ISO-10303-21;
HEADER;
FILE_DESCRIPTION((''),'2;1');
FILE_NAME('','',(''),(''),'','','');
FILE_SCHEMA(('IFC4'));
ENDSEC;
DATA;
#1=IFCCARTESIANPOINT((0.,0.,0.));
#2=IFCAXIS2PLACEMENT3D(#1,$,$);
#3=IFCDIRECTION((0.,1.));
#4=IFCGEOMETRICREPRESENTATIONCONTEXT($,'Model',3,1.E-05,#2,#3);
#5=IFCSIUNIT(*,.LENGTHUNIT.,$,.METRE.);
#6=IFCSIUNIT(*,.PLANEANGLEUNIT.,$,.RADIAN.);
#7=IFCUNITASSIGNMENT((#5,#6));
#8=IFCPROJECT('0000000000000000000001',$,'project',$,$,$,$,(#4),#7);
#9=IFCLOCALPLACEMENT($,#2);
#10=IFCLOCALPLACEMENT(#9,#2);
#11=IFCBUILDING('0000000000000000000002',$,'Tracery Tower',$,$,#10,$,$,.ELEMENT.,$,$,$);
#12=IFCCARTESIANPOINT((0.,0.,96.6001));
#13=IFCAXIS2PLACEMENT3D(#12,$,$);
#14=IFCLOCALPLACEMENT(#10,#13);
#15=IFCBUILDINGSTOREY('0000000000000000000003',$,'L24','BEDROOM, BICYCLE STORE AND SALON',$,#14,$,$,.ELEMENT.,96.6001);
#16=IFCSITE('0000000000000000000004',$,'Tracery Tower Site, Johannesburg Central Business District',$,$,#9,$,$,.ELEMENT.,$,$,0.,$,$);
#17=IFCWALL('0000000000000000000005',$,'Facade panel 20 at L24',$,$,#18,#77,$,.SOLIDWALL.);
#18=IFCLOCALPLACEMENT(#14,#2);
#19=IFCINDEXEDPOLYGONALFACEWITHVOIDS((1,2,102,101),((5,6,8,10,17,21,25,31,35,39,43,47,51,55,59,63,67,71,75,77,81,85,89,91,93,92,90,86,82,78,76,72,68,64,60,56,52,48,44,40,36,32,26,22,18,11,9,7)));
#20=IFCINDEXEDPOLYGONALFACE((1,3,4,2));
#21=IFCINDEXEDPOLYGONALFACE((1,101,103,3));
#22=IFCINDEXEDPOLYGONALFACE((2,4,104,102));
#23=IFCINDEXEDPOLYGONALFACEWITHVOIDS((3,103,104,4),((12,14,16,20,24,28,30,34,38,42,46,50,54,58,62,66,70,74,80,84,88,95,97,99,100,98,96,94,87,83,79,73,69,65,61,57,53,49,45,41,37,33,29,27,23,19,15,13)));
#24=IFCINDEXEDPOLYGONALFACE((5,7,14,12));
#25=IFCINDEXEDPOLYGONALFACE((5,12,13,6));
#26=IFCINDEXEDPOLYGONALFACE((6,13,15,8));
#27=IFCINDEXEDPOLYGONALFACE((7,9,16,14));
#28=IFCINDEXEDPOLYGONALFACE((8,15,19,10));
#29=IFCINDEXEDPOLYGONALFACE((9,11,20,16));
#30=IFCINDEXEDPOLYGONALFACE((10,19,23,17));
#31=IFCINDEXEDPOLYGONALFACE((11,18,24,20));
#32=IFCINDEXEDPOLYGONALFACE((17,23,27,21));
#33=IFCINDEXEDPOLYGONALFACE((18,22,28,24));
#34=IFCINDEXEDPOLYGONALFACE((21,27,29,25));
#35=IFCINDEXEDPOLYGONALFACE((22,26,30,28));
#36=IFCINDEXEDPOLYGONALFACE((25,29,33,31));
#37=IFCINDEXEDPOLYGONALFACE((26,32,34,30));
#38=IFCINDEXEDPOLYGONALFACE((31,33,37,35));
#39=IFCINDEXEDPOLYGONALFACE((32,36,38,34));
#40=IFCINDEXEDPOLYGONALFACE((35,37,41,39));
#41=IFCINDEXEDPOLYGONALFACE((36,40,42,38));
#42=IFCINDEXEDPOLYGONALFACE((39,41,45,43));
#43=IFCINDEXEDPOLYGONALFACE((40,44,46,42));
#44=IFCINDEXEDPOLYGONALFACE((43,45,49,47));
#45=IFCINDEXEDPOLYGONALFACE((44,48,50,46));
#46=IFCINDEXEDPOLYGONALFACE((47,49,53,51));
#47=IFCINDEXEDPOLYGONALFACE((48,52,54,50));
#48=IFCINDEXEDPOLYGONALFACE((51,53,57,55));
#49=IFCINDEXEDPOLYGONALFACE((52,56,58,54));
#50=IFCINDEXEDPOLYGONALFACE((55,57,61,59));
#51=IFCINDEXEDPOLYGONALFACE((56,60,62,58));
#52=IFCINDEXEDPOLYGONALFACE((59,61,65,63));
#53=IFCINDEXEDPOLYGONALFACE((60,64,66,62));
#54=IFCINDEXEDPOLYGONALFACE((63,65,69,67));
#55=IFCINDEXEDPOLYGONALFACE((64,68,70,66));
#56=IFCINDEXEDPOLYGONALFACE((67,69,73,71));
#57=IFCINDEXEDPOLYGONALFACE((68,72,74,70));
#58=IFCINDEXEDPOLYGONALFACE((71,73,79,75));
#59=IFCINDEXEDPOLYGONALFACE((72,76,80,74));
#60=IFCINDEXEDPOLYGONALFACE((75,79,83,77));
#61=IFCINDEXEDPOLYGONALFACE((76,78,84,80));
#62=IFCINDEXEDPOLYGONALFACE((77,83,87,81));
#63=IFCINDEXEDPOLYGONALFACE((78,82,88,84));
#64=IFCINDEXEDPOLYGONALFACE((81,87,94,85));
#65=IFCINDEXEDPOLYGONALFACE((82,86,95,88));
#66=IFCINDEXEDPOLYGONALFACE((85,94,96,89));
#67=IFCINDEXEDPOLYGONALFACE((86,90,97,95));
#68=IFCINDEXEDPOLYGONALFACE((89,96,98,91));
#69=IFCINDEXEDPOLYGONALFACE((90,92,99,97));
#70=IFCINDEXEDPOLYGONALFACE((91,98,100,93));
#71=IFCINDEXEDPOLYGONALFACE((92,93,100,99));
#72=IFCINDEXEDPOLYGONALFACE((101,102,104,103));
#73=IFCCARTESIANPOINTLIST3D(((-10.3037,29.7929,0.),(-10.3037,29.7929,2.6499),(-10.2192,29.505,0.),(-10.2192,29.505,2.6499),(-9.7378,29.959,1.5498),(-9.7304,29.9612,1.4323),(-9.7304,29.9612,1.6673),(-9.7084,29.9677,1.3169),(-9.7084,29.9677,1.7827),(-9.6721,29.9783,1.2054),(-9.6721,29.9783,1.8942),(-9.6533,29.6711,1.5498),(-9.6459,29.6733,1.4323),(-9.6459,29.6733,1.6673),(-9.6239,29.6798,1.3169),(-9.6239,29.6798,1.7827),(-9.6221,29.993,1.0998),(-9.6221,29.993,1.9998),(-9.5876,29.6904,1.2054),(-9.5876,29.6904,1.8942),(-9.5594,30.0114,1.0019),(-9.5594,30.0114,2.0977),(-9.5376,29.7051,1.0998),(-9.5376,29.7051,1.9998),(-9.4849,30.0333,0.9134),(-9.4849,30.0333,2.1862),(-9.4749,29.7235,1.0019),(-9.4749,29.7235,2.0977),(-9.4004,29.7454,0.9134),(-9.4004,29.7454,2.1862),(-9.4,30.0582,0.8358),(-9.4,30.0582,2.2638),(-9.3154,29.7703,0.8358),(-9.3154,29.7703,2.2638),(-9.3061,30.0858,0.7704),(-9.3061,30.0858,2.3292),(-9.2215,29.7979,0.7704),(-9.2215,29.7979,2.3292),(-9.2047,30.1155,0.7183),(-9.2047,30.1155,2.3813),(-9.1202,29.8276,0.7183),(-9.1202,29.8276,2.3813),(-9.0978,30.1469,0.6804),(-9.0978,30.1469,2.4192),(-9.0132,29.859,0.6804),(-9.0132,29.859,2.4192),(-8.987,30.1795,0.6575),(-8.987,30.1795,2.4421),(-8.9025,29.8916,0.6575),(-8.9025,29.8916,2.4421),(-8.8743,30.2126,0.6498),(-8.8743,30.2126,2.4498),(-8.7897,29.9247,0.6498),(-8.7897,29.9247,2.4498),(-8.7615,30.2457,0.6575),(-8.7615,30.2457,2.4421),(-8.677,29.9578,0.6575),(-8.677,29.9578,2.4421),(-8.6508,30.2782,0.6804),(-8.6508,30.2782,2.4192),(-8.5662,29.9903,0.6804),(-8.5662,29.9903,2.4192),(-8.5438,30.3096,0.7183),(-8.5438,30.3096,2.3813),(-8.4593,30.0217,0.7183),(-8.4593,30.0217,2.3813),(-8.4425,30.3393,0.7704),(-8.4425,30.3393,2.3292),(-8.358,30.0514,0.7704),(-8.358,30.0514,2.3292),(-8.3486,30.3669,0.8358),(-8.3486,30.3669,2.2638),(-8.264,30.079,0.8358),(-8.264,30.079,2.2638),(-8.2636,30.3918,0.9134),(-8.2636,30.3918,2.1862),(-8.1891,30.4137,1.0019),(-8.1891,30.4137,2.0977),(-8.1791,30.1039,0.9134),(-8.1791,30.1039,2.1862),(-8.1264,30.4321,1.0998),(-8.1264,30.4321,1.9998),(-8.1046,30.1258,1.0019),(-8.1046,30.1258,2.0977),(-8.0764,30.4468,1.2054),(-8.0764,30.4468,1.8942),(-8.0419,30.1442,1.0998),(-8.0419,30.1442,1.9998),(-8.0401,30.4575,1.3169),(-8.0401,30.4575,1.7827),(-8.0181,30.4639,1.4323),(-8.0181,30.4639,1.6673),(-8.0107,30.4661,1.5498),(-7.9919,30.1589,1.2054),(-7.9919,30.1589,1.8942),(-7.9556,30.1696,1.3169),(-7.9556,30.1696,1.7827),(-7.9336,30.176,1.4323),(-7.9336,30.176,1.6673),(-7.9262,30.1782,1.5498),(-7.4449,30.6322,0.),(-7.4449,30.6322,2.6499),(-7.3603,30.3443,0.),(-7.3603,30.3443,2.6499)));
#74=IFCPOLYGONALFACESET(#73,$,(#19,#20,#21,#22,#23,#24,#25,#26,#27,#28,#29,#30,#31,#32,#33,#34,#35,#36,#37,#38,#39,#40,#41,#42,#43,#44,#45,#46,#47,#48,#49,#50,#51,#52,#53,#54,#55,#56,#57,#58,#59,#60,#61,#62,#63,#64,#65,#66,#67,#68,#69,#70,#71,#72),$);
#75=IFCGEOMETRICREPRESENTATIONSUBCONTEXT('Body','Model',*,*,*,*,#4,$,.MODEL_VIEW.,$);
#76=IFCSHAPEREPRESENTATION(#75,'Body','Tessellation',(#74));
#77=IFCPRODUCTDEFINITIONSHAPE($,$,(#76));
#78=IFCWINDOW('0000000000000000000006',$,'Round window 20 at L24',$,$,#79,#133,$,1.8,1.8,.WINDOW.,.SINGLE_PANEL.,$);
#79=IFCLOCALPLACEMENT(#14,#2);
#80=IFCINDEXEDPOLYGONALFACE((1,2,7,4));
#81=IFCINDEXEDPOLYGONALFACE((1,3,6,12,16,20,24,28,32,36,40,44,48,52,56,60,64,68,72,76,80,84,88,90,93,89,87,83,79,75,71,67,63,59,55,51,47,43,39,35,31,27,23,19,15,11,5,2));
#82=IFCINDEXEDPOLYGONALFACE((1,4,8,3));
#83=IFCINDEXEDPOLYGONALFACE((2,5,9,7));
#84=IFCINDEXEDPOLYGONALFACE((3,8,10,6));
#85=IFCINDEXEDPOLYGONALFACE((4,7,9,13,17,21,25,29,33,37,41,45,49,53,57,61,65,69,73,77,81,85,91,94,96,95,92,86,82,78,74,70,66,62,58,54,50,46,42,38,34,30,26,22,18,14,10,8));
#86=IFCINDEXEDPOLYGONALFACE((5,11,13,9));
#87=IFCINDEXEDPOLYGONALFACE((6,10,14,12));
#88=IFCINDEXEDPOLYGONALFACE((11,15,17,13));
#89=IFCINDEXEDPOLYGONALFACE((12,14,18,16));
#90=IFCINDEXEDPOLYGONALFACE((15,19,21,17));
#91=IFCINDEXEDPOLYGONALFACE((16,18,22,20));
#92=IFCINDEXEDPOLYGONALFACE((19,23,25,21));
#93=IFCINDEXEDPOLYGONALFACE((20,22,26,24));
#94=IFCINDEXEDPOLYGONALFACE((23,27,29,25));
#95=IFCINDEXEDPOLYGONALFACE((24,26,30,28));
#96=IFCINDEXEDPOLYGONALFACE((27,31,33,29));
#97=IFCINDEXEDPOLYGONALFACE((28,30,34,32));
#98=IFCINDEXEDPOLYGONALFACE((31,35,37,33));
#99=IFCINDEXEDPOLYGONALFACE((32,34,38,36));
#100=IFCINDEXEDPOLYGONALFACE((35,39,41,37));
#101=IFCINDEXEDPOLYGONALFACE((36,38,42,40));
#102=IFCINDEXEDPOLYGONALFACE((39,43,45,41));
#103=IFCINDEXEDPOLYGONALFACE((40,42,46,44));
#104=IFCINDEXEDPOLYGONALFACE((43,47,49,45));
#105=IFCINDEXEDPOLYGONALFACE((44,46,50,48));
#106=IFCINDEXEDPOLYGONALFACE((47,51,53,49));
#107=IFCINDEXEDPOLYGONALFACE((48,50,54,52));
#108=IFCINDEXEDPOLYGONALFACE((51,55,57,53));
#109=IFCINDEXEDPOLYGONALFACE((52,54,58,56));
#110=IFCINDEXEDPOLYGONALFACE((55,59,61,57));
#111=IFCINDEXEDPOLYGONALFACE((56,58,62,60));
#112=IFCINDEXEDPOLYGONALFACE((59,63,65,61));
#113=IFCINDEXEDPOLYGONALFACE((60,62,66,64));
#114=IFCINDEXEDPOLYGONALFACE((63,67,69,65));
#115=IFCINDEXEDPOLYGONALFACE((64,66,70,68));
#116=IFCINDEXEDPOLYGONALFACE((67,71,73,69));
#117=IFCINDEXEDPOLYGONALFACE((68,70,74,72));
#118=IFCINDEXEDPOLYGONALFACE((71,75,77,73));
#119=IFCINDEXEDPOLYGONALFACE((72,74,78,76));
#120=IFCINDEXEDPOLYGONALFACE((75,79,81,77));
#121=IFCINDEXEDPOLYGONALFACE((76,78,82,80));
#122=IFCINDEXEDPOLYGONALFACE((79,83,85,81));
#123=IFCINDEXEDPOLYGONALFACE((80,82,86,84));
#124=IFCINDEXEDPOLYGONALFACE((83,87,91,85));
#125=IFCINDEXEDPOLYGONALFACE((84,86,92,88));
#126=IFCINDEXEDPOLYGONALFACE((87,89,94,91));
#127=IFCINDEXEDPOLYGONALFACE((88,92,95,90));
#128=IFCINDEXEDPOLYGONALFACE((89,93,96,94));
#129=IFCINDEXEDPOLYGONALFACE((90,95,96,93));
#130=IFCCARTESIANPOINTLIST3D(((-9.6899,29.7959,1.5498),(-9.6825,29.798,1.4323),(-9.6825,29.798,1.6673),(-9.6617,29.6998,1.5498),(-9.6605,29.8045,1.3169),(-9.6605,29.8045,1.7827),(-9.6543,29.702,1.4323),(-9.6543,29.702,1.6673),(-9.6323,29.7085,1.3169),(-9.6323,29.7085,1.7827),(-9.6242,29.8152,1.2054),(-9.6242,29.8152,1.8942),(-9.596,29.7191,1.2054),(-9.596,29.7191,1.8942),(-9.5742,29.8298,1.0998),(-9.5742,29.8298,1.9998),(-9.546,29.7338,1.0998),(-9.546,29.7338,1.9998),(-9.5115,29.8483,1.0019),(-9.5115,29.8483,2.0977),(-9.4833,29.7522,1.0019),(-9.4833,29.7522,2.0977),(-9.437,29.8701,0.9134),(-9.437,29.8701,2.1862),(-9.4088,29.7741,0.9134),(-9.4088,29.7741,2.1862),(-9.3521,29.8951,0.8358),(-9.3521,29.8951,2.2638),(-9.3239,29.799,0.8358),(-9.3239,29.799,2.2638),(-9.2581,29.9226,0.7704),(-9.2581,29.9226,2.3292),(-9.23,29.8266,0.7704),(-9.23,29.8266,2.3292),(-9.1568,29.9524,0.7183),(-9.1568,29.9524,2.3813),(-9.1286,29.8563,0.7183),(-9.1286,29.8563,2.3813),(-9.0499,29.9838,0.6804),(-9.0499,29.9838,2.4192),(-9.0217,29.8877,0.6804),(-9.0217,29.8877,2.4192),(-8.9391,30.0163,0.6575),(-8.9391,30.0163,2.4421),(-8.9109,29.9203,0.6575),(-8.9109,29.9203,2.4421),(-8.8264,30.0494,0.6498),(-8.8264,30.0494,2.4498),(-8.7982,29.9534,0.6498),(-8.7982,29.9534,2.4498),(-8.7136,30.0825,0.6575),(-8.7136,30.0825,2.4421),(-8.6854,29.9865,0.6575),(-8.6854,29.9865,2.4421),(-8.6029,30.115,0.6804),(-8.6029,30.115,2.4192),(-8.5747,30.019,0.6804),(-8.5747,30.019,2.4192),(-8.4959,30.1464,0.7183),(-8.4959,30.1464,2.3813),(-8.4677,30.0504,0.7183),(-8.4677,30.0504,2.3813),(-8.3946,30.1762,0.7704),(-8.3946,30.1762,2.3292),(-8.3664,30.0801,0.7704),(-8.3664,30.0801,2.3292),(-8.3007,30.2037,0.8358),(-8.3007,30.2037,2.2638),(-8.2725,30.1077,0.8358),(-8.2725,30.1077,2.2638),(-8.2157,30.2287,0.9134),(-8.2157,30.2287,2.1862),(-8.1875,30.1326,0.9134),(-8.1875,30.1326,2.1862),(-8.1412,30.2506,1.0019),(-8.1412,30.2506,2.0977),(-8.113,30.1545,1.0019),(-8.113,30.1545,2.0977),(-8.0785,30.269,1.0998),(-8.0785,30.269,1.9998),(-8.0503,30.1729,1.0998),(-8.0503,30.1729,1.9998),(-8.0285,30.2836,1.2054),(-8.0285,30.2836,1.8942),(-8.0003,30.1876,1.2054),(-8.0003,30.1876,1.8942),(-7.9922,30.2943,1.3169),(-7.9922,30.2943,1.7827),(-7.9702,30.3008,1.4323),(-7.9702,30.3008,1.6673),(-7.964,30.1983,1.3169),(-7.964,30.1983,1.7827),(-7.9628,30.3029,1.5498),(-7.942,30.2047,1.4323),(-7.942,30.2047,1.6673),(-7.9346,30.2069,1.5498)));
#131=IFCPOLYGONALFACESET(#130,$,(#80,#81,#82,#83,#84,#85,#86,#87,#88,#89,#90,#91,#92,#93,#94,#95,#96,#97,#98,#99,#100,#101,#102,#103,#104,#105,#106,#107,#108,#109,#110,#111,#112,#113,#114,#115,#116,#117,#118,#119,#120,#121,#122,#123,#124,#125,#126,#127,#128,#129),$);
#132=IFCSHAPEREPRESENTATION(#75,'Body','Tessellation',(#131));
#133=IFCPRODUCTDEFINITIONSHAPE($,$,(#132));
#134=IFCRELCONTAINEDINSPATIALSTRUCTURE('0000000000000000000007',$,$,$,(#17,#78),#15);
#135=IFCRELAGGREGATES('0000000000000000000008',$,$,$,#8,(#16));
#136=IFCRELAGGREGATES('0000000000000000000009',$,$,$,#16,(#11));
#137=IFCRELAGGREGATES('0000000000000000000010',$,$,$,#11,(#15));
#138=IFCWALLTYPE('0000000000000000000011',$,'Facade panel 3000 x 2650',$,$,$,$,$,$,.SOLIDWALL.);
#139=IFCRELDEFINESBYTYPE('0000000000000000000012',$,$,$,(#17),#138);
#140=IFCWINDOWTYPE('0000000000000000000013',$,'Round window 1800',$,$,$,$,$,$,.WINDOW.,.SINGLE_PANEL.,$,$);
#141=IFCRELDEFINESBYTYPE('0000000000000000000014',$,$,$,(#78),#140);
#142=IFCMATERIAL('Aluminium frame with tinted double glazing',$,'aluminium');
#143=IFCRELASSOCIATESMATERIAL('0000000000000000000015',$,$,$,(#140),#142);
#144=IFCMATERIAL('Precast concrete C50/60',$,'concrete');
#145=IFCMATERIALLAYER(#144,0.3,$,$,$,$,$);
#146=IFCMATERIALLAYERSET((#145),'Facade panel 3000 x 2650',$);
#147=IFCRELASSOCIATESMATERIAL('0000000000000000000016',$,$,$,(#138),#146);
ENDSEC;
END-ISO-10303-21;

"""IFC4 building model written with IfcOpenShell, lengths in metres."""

from ifc_helpers import new_model, si_unit, direction, frame, frame_2d, origin, origin_2d, place, context, subcontext, project, spatial, rectangle, circle, extrude, material, layer, layer_set, type_object, element, fill, save


model = new_model("IFC4")

# Units and contexts
model_context = context("Model", 3, precision=1e-05, world=origin(), true_north=direction((0.0, 1.0)))
body_context = subcontext(model_context, "Body", "Model", "MODEL_VIEW")
ifc_project = project(units=[si_unit("LENGTHUNIT", "METRE"), si_unit("PLANEANGLEUNIT", "RADIAN")], contexts=[model_context])

# Site, building, storey
site_placement = place(None, origin())
site = spatial("IfcSite", under=ifc_project, at=site_placement, Name="Tracery Tower Site, Johannesburg Central Business District", CompositionType="ELEMENT", RefElevation=0.0)
building_placement = place(site_placement, origin())
building = spatial("IfcBuilding", under=site, at=building_placement, Name="Tracery Tower", CompositionType="ELEMENT")
storey_placement = place(building_placement, frame((0.0, 0.0, 96.6001)))
storey = spatial("IfcBuildingStorey", under=building, at=storey_placement, Name="L24", Description="BEDROOM, BICYCLE STORE AND SALON", CompositionType="ELEMENT", Elevation=96.6001)

# Wall, opening, window
ifc_material_1 = material(Name="Aluminium frame with tinted double glazing", Category="aluminium")
window_type = type_object("IfcWindowType", Name="Round window 1800", PartitioningType="SINGLE_PANEL", PredefinedType="WINDOW", material=ifc_material_1)
ifc_material_2 = material(Name="Precast concrete C50/60", Category="concrete")
ifc_layer_1 = layer(ifc_material_2, 0.3)
ifc_layer_set_1 = layer_set([ifc_layer_1], Name="Facade panel 3000 x 2650")
wall_type_1 = type_object("IfcWallType", Name="Facade panel 3000 x 2650", PredefinedType="SOLIDWALL", material=ifc_layer_set_1)
wall_1_placement = place(storey_placement, frame((-7.4026, 30.4883, 0.0), z_axis=(0.0, 0.0, 1.0), x_axis=(-0.959501, -0.281705, 0.0)))
wall_1 = element("IfcWall", 1, at=wall_1_placement, inside=storey, type_object=wall_type_1, Name="Facade panel 20 at L24", PredefinedType="SOLIDWALL", context=body_context, shape_type="SweptSolid", body=[
    extrude(rectangle(XDim=2.9795, YDim=0.3, at=frame_2d((1.4897, 0.0))), origin(), (0.0, 0.0, 1.0), 2.6499),
])
opening_1_placement = place(wall_1_placement, frame((1.4897, 0.0, 1.5498)))
opening_1 = element("IfcOpeningElement", 2, at=opening_1_placement, cuts=wall_1, PredefinedType="OPENING", context=body_context, shape_type="SweptSolid", body=[
    extrude(circle(Radius=0.9, at=origin_2d()), frame((0.0, 0.1599, 0.0), z_axis=(0.0, -1.0, 0.0), x_axis=(1.0, 0.0, 0.0)), (0.0, 0.0, 1.0), 0.3201),
])
window_1_placement = place(opening_1_placement, origin())
window_1 = element("IfcWindow", 3, at=window_1_placement, inside=storey, type_object=window_type, Name="Round window 20 at L24", OverallHeight=1.8, OverallWidth=1.8, PartitioningType="SINGLE_PANEL", PredefinedType="WINDOW", context=body_context, shape_type="SweptSolid", body=[
    extrude(circle(Radius=0.9, at=origin_2d()), frame((0.0, 0.1201, 0.0), z_axis=(0.0, -1.0, 0.0), x_axis=(1.0, 0.0, 0.0)), (0.0, 0.0, 1.0), 0.1001),
])
fill(opening_1, window_1)

save(model, "model.ifc")
